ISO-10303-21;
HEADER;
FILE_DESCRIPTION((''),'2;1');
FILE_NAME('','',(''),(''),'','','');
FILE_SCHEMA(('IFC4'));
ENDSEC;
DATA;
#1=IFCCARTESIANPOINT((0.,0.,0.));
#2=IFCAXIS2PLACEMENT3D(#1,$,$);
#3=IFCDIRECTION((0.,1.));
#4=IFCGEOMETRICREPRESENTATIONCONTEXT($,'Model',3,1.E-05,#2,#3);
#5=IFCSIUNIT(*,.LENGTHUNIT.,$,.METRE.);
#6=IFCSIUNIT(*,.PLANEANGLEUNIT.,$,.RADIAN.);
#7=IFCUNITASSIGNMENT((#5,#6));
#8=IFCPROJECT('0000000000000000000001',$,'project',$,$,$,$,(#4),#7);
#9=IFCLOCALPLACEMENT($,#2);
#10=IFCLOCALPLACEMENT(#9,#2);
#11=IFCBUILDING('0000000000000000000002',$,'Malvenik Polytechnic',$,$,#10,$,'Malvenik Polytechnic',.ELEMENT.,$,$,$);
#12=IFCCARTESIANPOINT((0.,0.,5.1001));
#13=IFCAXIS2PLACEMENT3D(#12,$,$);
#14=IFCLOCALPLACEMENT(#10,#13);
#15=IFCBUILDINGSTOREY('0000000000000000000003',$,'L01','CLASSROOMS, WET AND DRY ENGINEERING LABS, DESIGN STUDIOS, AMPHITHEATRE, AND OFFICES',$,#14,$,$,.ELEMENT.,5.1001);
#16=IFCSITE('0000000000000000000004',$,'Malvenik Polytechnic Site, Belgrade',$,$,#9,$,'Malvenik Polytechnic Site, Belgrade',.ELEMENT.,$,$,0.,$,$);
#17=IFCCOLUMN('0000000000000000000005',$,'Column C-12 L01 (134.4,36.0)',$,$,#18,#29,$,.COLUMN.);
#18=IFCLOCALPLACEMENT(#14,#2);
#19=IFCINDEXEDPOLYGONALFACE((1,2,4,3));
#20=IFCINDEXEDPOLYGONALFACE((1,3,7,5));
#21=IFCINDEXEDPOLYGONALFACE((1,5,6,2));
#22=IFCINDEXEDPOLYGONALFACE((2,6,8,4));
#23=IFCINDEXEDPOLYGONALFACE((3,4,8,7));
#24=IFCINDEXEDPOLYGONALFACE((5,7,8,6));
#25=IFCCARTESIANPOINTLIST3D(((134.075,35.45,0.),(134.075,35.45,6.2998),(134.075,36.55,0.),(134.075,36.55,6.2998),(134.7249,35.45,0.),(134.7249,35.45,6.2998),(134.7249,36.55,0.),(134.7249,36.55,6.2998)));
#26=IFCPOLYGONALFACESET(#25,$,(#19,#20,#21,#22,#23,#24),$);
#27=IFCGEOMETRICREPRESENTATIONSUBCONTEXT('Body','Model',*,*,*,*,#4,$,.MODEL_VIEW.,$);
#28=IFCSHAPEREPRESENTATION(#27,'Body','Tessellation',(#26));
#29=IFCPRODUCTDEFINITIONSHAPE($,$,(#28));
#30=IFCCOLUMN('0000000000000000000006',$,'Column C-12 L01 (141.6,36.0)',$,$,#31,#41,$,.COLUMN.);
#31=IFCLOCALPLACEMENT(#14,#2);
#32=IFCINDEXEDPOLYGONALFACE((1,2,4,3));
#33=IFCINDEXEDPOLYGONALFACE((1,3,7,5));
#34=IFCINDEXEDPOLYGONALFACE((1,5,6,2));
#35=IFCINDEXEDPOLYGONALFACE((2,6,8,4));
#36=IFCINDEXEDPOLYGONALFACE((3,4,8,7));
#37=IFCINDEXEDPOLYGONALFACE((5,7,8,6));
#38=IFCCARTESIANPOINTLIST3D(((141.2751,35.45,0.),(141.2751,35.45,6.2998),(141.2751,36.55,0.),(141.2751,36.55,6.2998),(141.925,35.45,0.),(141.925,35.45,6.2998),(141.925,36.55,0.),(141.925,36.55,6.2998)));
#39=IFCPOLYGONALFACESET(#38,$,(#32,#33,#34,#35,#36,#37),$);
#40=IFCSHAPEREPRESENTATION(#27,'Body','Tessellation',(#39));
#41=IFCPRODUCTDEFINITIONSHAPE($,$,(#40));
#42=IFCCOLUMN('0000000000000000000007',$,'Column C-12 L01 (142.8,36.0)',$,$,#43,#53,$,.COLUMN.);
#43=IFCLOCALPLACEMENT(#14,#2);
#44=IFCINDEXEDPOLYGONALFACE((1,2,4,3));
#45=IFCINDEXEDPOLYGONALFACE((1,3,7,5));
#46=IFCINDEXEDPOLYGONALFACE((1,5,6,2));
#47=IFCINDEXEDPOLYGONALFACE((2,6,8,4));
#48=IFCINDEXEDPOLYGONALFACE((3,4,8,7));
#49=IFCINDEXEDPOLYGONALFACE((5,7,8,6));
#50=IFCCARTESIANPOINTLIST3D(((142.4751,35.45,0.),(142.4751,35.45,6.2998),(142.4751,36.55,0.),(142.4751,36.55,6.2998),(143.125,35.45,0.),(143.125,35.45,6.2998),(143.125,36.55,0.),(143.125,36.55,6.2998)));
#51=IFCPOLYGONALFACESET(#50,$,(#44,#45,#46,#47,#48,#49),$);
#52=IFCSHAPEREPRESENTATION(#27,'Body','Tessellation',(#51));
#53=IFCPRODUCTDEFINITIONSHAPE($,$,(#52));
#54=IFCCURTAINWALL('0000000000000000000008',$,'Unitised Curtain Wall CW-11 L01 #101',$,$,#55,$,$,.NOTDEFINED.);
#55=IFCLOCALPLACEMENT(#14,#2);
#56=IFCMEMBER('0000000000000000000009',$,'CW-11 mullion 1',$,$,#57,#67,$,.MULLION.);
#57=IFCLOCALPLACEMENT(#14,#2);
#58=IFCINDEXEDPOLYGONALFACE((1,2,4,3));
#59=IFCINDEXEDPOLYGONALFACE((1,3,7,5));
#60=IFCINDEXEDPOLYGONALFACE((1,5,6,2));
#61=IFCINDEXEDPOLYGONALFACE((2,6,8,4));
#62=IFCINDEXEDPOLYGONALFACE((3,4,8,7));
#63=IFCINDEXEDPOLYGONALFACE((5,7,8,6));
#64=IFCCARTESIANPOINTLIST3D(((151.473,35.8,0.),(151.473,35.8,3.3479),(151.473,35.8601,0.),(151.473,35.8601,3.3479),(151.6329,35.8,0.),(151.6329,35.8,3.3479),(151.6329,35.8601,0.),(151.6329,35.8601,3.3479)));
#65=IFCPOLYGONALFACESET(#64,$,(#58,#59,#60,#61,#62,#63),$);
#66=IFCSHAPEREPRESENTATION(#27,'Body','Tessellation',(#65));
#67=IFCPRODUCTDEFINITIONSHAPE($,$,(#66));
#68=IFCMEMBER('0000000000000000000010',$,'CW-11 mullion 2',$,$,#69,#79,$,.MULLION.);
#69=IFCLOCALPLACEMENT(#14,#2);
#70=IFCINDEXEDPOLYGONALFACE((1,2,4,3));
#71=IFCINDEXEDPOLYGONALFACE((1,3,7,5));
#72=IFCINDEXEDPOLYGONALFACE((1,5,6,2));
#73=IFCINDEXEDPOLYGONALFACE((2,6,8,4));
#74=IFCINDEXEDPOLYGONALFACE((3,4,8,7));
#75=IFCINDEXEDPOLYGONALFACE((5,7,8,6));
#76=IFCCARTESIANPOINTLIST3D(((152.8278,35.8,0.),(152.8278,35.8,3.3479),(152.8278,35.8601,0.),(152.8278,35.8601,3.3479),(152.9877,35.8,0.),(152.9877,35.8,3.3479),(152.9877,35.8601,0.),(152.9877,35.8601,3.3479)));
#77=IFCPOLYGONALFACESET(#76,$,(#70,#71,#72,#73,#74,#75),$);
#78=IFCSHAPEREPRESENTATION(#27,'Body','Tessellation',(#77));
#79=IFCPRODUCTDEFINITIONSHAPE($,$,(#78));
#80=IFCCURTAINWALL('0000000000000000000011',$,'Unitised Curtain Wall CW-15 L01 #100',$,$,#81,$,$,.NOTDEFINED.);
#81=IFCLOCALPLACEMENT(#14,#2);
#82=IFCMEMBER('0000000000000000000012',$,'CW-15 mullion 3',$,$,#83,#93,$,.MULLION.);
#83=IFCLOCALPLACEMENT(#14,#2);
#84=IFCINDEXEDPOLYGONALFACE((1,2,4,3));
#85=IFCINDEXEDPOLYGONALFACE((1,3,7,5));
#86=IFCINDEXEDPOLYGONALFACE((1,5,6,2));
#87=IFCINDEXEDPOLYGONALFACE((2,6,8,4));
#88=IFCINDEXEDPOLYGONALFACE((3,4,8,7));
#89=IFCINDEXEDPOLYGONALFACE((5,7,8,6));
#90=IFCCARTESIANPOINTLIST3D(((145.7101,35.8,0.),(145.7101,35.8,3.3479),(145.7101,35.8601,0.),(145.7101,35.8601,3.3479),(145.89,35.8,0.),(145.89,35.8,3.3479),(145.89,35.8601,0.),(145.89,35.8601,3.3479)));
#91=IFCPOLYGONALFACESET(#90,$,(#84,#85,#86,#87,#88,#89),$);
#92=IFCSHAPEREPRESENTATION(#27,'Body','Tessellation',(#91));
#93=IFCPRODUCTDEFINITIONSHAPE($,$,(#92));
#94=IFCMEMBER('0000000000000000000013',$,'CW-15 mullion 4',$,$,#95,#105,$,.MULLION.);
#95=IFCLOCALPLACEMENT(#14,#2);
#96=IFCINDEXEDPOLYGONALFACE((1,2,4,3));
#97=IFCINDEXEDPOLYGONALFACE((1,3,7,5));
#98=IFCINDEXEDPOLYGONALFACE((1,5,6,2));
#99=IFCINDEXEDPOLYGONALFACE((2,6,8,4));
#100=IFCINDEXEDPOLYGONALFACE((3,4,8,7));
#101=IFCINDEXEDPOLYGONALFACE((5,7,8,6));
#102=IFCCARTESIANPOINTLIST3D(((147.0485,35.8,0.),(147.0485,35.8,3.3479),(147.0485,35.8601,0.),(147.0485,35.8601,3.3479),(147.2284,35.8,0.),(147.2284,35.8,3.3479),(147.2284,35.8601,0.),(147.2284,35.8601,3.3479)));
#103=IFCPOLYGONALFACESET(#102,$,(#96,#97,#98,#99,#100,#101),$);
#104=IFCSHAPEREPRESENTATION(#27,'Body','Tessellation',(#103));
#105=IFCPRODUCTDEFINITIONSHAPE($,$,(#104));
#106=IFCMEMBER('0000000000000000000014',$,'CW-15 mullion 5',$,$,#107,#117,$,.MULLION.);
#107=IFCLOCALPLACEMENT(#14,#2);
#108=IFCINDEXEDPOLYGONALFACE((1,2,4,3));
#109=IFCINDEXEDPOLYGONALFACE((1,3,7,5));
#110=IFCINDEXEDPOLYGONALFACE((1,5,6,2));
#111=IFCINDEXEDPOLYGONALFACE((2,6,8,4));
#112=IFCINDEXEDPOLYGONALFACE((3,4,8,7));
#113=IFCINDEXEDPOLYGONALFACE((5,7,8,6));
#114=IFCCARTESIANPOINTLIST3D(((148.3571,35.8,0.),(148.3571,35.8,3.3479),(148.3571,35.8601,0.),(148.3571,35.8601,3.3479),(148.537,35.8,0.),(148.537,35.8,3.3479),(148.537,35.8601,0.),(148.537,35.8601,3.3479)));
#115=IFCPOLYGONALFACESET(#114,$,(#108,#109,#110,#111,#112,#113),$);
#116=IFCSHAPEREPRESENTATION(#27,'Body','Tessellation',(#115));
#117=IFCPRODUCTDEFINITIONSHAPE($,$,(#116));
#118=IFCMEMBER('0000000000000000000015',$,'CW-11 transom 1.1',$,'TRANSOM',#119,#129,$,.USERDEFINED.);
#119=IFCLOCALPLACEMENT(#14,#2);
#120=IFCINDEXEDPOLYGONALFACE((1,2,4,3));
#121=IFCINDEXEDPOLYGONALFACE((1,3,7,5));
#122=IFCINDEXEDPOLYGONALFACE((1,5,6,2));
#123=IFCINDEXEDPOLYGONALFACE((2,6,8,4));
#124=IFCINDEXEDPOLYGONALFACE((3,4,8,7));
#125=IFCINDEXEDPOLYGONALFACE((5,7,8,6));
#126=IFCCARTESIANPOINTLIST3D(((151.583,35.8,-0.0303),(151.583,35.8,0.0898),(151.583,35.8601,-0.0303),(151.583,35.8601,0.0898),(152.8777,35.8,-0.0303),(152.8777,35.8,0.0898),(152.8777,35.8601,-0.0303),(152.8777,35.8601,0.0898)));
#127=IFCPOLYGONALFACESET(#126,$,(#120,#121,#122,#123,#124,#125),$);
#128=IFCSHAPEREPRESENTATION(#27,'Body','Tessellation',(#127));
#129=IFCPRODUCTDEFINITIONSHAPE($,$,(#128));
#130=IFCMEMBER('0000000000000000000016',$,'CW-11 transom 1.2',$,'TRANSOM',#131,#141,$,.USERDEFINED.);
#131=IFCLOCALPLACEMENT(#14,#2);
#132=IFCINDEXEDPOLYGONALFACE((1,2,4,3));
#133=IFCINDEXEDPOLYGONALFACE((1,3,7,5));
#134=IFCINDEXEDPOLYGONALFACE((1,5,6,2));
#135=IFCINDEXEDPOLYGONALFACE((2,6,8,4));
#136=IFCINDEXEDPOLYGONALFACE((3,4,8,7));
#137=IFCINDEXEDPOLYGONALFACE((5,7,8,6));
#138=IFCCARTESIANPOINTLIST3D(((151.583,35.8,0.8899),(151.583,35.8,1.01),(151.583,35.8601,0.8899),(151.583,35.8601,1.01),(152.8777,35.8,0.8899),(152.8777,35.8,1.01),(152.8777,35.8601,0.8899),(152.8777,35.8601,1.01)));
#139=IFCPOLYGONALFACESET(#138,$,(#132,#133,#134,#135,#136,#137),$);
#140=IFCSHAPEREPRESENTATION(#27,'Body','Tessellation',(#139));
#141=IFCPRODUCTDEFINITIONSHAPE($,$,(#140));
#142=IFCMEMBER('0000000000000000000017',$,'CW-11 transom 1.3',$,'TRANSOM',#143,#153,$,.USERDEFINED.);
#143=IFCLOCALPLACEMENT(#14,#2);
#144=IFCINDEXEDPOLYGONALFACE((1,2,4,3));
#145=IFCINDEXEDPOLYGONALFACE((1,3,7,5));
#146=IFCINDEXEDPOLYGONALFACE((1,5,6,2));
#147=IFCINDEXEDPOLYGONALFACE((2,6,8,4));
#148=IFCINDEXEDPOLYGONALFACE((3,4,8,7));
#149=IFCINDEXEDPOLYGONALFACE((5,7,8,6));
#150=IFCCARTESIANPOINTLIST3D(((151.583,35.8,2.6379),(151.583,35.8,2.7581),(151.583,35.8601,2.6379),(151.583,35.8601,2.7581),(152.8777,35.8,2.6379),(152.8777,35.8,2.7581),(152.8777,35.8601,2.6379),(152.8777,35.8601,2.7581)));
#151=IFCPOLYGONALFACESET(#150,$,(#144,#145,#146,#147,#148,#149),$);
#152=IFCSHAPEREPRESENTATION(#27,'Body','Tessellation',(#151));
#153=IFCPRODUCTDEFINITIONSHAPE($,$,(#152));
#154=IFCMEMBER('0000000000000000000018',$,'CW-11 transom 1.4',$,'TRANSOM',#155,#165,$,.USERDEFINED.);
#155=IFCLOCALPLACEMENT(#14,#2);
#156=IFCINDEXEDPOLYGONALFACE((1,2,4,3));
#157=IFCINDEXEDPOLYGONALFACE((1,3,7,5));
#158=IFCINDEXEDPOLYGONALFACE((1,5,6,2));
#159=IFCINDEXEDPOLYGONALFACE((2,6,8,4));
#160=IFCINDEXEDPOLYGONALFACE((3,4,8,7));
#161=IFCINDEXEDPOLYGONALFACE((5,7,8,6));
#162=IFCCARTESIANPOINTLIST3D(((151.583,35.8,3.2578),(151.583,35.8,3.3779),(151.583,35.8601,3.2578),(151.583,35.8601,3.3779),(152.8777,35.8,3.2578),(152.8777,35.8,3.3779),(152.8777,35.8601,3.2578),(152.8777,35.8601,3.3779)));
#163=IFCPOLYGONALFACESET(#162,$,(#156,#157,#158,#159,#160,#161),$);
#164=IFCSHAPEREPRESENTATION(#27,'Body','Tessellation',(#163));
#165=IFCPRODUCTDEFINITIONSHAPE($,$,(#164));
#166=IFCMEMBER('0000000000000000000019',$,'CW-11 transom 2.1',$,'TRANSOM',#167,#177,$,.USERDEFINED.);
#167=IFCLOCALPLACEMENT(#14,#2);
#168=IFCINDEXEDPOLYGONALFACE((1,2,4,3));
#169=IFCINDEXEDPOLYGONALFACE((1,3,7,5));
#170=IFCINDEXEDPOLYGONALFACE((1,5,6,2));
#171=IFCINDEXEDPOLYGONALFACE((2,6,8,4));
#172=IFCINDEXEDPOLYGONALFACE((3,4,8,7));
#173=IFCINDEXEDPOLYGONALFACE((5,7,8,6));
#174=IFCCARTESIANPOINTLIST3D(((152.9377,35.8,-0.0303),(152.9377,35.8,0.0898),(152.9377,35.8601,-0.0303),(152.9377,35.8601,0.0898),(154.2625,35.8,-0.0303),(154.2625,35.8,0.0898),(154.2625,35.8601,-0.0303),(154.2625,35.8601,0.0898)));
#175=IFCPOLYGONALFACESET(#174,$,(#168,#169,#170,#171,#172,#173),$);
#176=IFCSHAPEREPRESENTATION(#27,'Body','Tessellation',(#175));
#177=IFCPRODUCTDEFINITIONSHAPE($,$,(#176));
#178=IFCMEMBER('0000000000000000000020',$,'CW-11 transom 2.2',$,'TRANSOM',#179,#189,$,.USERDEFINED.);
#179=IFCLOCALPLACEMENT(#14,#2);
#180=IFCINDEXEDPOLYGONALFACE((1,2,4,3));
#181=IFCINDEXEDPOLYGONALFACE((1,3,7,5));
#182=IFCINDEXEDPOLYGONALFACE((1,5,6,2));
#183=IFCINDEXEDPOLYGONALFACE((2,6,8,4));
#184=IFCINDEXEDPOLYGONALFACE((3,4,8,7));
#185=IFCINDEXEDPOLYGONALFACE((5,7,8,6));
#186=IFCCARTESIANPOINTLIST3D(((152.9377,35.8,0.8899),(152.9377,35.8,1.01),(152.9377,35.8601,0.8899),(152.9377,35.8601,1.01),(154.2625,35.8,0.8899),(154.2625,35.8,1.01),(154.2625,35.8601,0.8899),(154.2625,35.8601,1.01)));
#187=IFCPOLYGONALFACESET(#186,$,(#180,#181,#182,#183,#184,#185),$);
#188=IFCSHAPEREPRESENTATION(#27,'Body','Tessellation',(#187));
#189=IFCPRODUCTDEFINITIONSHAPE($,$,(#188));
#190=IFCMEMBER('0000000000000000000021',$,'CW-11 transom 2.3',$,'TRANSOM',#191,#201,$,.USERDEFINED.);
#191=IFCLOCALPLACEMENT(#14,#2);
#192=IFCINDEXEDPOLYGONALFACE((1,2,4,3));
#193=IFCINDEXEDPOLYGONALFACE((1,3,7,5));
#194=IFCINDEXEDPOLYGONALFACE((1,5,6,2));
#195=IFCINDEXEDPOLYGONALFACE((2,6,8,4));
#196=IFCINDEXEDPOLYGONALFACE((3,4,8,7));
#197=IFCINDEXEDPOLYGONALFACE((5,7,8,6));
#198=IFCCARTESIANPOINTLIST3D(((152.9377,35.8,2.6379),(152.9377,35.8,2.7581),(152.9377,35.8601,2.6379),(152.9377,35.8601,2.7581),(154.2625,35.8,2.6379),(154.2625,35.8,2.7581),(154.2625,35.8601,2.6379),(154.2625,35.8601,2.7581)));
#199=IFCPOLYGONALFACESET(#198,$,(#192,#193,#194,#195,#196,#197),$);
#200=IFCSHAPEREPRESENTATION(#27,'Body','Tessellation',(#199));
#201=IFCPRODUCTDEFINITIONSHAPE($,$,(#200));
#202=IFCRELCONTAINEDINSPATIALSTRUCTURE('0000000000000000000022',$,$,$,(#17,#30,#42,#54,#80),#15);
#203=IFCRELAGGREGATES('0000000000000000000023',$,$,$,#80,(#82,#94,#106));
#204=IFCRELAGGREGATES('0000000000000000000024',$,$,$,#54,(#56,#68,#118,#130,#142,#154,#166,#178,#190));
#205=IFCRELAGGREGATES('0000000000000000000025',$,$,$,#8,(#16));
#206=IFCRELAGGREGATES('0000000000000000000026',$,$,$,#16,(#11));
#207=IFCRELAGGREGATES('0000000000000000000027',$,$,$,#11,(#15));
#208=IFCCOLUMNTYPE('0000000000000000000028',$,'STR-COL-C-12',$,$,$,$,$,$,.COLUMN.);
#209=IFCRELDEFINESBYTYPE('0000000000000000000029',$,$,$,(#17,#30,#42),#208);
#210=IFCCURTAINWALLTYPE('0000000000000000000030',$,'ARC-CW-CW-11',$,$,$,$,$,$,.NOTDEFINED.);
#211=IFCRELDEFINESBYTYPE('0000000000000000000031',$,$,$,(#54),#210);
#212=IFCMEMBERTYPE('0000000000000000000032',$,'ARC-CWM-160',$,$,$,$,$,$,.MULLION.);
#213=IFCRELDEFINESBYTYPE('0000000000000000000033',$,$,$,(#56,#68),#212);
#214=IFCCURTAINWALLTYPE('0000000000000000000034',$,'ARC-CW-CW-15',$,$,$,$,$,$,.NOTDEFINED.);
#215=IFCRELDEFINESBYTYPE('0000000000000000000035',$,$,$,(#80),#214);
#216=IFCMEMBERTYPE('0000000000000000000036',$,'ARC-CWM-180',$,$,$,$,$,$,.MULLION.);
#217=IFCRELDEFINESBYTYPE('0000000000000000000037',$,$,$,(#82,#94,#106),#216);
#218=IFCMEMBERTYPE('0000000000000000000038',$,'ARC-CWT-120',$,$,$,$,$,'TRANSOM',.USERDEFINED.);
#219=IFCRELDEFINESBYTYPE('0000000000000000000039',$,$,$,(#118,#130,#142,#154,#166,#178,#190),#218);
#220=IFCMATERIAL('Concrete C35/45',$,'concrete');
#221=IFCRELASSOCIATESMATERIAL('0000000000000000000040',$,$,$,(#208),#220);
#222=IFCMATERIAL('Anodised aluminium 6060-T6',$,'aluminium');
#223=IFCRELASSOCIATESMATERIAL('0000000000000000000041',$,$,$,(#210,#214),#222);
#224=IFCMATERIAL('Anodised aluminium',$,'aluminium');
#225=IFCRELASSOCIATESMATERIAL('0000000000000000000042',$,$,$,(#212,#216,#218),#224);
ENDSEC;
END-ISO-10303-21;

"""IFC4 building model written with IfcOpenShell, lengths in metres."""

from ifc_helpers import new_model, si_unit, direction, frame, origin, origin_2d, place, context, subcontext, project, spatial, rectangle, extrude, material, material_profile, profile_set, type_object, element, aggregate, save


model = new_model("IFC4")

# Units and contexts
model_context = context("Model", 3, precision=1e-05, world=origin(), true_north=direction((0.0, 1.0)))
body_context = subcontext(model_context, "Body", "Model", "MODEL_VIEW")
ifc_project = project(units=[si_unit("LENGTHUNIT", "METRE"), si_unit("PLANEANGLEUNIT", "RADIAN")], contexts=[model_context])

# Site, building, storey
site_placement = place(None, origin())
site = spatial("IfcSite", under=ifc_project, at=site_placement, Name="Malvenik Polytechnic Site, Belgrade", LongName="Malvenik Polytechnic Site, Belgrade", CompositionType="ELEMENT", RefElevation=0.0)
building_placement = place(site_placement, origin())
building = spatial("IfcBuilding", under=site, at=building_placement, Name="Malvenik Polytechnic", LongName="Malvenik Polytechnic", CompositionType="ELEMENT")
storey_placement = place(building_placement, frame((0.0, 0.0, 5.1001)))
storey = spatial("IfcBuildingStorey", under=building, at=storey_placement, Name="L01", Description="CLASSROOMS, WET AND DRY ENGINEERING LABS, DESIGN STUDIOS, AMPHITHEATRE, AND OFFICES", CompositionType="ELEMENT", Elevation=5.1001)

# Columns
ifc_material_1 = material(Name="Concrete C35/45", Category="concrete")
ifc_material_profile_1 = material_profile(ifc_material_1, rectangle(XDim=0.6499, YDim=1.1001, at=origin_2d()), Name="RC COL 1100x650")
ifc_profile_set_1 = profile_set([ifc_material_profile_1], Name="Concrete C35/45")
column_type = type_object("IfcColumnType", Name="STR-COL-C-12", PredefinedType="COLUMN", material=ifc_profile_set_1)
for number, where, z_axis, x_axis, name in (
    (1, (134.3999, 36.0, 0.0), (0.0, 0.0, 1.0), (1.0, 0.0, 0.0), "Column C-12 L01 (134.4,36.0)"),
    (2, (141.6001, 36.0, 0.0), (0.0, 0.0, 1.0), (1.0, 0.0, 0.0), "Column C-12 L01 (141.6,36.0)"),
    (3, (142.8, 36.0, 0.0), (0.0, 0.0, 1.0), (1.0, 0.0, 0.0), "Column C-12 L01 (142.8,36.0)"),
):
    element("IfcColumn", number, at=place(storey_placement, frame(where, z_axis=z_axis, x_axis=x_axis)), inside=storey, type_object=column_type, Name=name, PredefinedType="COLUMN", context=body_context, shape_type="SweptSolid", body=[
        extrude(rectangle(XDim=0.6499, YDim=1.1001, at=origin_2d()), origin(), (0.0, 0.0, 1.0), 6.2998),
    ])

# Curtain walls, members
ifc_material_2 = material(Name="Anodised aluminium 6060-T6", Category="aluminium")
curtain_wall_type_1 = type_object("IfcCurtainWallType", Name="ARC-CW-CW-11", PredefinedType="NOTDEFINED", material=ifc_material_2)
curtain_wall_1_placement = place(storey_placement, origin())
curtain_wall_1 = element("IfcCurtainWall", 4, at=curtain_wall_1_placement, inside=storey, type_object=curtain_wall_type_1, Name="Unitised Curtain Wall CW-11 L01 #101", PredefinedType="NOTDEFINED")
ifc_material_3 = material(Name="Anodised aluminium", Category="aluminium")
ifc_material_profile_2 = material_profile(ifc_material_3, rectangle(XDim=0.0601, YDim=0.1599, at=origin_2d()), Name="ALU MULLION 60x160")
ifc_profile_set_2 = profile_set([ifc_material_profile_2], Name="Anodised aluminium")
member_type_1 = type_object("IfcMemberType", Name="ARC-CWM-160", PredefinedType="MULLION", material=ifc_profile_set_2)
member_1_placement = place(storey_placement, frame((151.553, 35.8301, 0.0), z_axis=(0.0, 0.0, 1.0), x_axis=(0.0, 1.0, 0.0)))
member_1 = element("IfcMember", 5, at=member_1_placement, type_object=member_type_1, Name="CW-11 mullion 1", PredefinedType="MULLION", context=body_context, shape_type="SweptSolid", body=[
    extrude(rectangle(XDim=0.0601, YDim=0.1599, at=origin_2d()), origin(), (0.0, 0.0, 1.0), 3.3479),
])
member_2_placement = place(storey_placement, frame((152.9077, 35.8301, 0.0), z_axis=(0.0, 0.0, 1.0), x_axis=(0.0, 1.0, 0.0)))
member_2 = element("IfcMember", 6, at=member_2_placement, type_object=member_type_1, Name="CW-11 mullion 2", PredefinedType="MULLION", context=body_context, shape_type="SweptSolid", body=[
    extrude(rectangle(XDim=0.0601, YDim=0.1599, at=origin_2d()), origin(), (0.0, 0.0, 1.0), 3.3479),
])
curtain_wall_type_2 = type_object("IfcCurtainWallType", Name="ARC-CW-CW-15", PredefinedType="NOTDEFINED", material=ifc_material_2)
curtain_wall_2_placement = place(storey_placement, origin())
curtain_wall_2 = element("IfcCurtainWall", 7, at=curtain_wall_2_placement, inside=storey, type_object=curtain_wall_type_2, Name="Unitised Curtain Wall CW-15 L01 #100", PredefinedType="NOTDEFINED")
ifc_material_profile_3 = material_profile(ifc_material_3, rectangle(XDim=0.0601, YDim=0.1799, at=origin_2d()), Name="ALU MULLION 60x180")
ifc_profile_set_3 = profile_set([ifc_material_profile_3], Name="Anodised aluminium")
member_type_2 = type_object("IfcMemberType", Name="ARC-CWM-180", PredefinedType="MULLION", material=ifc_profile_set_3)
member_3_placement = place(storey_placement, frame((145.8, 35.8301, 0.0), z_axis=(0.0, 0.0, 1.0), x_axis=(0.0, 1.0, 0.0)))
member_3 = element("IfcMember", 8, at=member_3_placement, type_object=member_type_2, Name="CW-15 mullion 3", PredefinedType="MULLION", context=body_context, shape_type="SweptSolid", body=[
    extrude(rectangle(XDim=0.0601, YDim=0.1799, at=origin_2d()), origin(), (0.0, 0.0, 1.0), 3.3479),
])
member_4_placement = place(storey_placement, frame((147.1384, 35.8301, 0.0), z_axis=(0.0, 0.0, 1.0), x_axis=(0.0, 1.0, 0.0)))
member_4 = element("IfcMember", 9, at=member_4_placement, type_object=member_type_2, Name="CW-15 mullion 4", PredefinedType="MULLION", context=body_context, shape_type="SweptSolid", body=[
    extrude(rectangle(XDim=0.0601, YDim=0.1799, at=origin_2d()), origin(), (0.0, 0.0, 1.0), 3.3479),
])
member_5_placement = place(storey_placement, frame((148.447, 35.8301, 0.0), z_axis=(0.0, 0.0, 1.0), x_axis=(0.0, 1.0, 0.0)))
member_5 = element("IfcMember", 10, at=member_5_placement, type_object=member_type_2, Name="CW-15 mullion 5", PredefinedType="MULLION", context=body_context, shape_type="SweptSolid", body=[
    extrude(rectangle(XDim=0.0601, YDim=0.1799, at=origin_2d()), origin(), (0.0, 0.0, 1.0), 3.3479),
])

# Members
ifc_material_profile_4 = material_profile(ifc_material_3, rectangle(XDim=0.0601, YDim=0.1201, at=origin_2d()), Name="ALU TRANSOM 60x120")
ifc_profile_set_4 = profile_set([ifc_material_profile_4], Name="Anodised aluminium")
member_type_3 = type_object("IfcMemberType", Name="ARC-CWT-120", ElementType="TRANSOM", PredefinedType="USERDEFINED", material=ifc_profile_set_4)
member_6_placement = place(storey_placement, frame((151.583, 35.8301, 0.0298), z_axis=(1.0, 0.0, 0.0), x_axis=(0.0, 1.0, 0.0)))
member_6 = element("IfcMember", 11, at=member_6_placement, type_object=member_type_3, Name="CW-11 transom 1.1", ObjectType="TRANSOM", PredefinedType="USERDEFINED", context=body_context, shape_type="SweptSolid", body=[
    extrude(rectangle(XDim=0.0601, YDim=0.1201, at=origin_2d()), origin(), (0.0, 0.0, 1.0), 1.2947),
])
member_7_placement = place(storey_placement, frame((151.583, 35.8301, 0.95), z_axis=(1.0, 0.0, 0.0), x_axis=(0.0, 1.0, 0.0)))
member_7 = element("IfcMember", 12, at=member_7_placement, type_object=member_type_3, Name="CW-11 transom 1.2", ObjectType="TRANSOM", PredefinedType="USERDEFINED", context=body_context, shape_type="SweptSolid", body=[
    extrude(rectangle(XDim=0.0601, YDim=0.1201, at=origin_2d()), origin(), (0.0, 0.0, 1.0), 1.2947),
])
member_8_placement = place(storey_placement, frame((151.583, 35.8301, 2.698), z_axis=(1.0, 0.0, 0.0), x_axis=(0.0, 1.0, 0.0)))
member_8 = element("IfcMember", 13, at=member_8_placement, type_object=member_type_3, Name="CW-11 transom 1.3", ObjectType="TRANSOM", PredefinedType="USERDEFINED", context=body_context, shape_type="SweptSolid", body=[
    extrude(rectangle(XDim=0.0601, YDim=0.1201, at=origin_2d()), origin(), (0.0, 0.0, 1.0), 1.2947),
])
member_9_placement = place(storey_placement, frame((151.583, 35.8301, 3.3179), z_axis=(1.0, 0.0, 0.0), x_axis=(0.0, 1.0, 0.0)))
member_9 = element("IfcMember", 14, at=member_9_placement, type_object=member_type_3, Name="CW-11 transom 1.4", ObjectType="TRANSOM", PredefinedType="USERDEFINED", context=body_context, shape_type="SweptSolid", body=[
    extrude(rectangle(XDim=0.0601, YDim=0.1201, at=origin_2d()), origin(), (0.0, 0.0, 1.0), 1.2947),
])
member_10_placement = place(storey_placement, frame((152.9377, 35.8301, 0.0298), z_axis=(1.0, 0.0, 0.0), x_axis=(0.0, 1.0, 0.0)))
member_10 = element("IfcMember", 15, at=member_10_placement, type_object=member_type_3, Name="CW-11 transom 2.1", ObjectType="TRANSOM", PredefinedType="USERDEFINED", context=body_context, shape_type="SweptSolid", body=[
    extrude(rectangle(XDim=0.0601, YDim=0.1201, at=origin_2d()), origin(), (0.0, 0.0, 1.0), 1.3247),
])
member_11_placement = place(storey_placement, frame((152.9377, 35.8301, 0.95), z_axis=(1.0, 0.0, 0.0), x_axis=(0.0, 1.0, 0.0)))
member_11 = element("IfcMember", 16, at=member_11_placement, type_object=member_type_3, Name="CW-11 transom 2.2", ObjectType="TRANSOM", PredefinedType="USERDEFINED", context=body_context, shape_type="SweptSolid", body=[
    extrude(rectangle(XDim=0.0601, YDim=0.1201, at=origin_2d()), origin(), (0.0, 0.0, 1.0), 1.3247),
])
member_12_placement = place(storey_placement, frame((152.9377, 35.8301, 2.698), z_axis=(1.0, 0.0, 0.0), x_axis=(0.0, 1.0, 0.0)))
member_12 = element("IfcMember", 17, at=member_12_placement, type_object=member_type_3, Name="CW-11 transom 2.3", ObjectType="TRANSOM", PredefinedType="USERDEFINED", context=body_context, shape_type="SweptSolid", body=[
    extrude(rectangle(XDim=0.0601, YDim=0.1201, at=origin_2d()), origin(), (0.0, 0.0, 1.0), 1.3247),
])

aggregate(curtain_wall_2, [member_3, member_4, member_5])
aggregate(curtain_wall_1, [member_1, member_2, member_6, member_7, member_8, member_9, member_10, member_11, member_12])

save(model, "model.ifc")
